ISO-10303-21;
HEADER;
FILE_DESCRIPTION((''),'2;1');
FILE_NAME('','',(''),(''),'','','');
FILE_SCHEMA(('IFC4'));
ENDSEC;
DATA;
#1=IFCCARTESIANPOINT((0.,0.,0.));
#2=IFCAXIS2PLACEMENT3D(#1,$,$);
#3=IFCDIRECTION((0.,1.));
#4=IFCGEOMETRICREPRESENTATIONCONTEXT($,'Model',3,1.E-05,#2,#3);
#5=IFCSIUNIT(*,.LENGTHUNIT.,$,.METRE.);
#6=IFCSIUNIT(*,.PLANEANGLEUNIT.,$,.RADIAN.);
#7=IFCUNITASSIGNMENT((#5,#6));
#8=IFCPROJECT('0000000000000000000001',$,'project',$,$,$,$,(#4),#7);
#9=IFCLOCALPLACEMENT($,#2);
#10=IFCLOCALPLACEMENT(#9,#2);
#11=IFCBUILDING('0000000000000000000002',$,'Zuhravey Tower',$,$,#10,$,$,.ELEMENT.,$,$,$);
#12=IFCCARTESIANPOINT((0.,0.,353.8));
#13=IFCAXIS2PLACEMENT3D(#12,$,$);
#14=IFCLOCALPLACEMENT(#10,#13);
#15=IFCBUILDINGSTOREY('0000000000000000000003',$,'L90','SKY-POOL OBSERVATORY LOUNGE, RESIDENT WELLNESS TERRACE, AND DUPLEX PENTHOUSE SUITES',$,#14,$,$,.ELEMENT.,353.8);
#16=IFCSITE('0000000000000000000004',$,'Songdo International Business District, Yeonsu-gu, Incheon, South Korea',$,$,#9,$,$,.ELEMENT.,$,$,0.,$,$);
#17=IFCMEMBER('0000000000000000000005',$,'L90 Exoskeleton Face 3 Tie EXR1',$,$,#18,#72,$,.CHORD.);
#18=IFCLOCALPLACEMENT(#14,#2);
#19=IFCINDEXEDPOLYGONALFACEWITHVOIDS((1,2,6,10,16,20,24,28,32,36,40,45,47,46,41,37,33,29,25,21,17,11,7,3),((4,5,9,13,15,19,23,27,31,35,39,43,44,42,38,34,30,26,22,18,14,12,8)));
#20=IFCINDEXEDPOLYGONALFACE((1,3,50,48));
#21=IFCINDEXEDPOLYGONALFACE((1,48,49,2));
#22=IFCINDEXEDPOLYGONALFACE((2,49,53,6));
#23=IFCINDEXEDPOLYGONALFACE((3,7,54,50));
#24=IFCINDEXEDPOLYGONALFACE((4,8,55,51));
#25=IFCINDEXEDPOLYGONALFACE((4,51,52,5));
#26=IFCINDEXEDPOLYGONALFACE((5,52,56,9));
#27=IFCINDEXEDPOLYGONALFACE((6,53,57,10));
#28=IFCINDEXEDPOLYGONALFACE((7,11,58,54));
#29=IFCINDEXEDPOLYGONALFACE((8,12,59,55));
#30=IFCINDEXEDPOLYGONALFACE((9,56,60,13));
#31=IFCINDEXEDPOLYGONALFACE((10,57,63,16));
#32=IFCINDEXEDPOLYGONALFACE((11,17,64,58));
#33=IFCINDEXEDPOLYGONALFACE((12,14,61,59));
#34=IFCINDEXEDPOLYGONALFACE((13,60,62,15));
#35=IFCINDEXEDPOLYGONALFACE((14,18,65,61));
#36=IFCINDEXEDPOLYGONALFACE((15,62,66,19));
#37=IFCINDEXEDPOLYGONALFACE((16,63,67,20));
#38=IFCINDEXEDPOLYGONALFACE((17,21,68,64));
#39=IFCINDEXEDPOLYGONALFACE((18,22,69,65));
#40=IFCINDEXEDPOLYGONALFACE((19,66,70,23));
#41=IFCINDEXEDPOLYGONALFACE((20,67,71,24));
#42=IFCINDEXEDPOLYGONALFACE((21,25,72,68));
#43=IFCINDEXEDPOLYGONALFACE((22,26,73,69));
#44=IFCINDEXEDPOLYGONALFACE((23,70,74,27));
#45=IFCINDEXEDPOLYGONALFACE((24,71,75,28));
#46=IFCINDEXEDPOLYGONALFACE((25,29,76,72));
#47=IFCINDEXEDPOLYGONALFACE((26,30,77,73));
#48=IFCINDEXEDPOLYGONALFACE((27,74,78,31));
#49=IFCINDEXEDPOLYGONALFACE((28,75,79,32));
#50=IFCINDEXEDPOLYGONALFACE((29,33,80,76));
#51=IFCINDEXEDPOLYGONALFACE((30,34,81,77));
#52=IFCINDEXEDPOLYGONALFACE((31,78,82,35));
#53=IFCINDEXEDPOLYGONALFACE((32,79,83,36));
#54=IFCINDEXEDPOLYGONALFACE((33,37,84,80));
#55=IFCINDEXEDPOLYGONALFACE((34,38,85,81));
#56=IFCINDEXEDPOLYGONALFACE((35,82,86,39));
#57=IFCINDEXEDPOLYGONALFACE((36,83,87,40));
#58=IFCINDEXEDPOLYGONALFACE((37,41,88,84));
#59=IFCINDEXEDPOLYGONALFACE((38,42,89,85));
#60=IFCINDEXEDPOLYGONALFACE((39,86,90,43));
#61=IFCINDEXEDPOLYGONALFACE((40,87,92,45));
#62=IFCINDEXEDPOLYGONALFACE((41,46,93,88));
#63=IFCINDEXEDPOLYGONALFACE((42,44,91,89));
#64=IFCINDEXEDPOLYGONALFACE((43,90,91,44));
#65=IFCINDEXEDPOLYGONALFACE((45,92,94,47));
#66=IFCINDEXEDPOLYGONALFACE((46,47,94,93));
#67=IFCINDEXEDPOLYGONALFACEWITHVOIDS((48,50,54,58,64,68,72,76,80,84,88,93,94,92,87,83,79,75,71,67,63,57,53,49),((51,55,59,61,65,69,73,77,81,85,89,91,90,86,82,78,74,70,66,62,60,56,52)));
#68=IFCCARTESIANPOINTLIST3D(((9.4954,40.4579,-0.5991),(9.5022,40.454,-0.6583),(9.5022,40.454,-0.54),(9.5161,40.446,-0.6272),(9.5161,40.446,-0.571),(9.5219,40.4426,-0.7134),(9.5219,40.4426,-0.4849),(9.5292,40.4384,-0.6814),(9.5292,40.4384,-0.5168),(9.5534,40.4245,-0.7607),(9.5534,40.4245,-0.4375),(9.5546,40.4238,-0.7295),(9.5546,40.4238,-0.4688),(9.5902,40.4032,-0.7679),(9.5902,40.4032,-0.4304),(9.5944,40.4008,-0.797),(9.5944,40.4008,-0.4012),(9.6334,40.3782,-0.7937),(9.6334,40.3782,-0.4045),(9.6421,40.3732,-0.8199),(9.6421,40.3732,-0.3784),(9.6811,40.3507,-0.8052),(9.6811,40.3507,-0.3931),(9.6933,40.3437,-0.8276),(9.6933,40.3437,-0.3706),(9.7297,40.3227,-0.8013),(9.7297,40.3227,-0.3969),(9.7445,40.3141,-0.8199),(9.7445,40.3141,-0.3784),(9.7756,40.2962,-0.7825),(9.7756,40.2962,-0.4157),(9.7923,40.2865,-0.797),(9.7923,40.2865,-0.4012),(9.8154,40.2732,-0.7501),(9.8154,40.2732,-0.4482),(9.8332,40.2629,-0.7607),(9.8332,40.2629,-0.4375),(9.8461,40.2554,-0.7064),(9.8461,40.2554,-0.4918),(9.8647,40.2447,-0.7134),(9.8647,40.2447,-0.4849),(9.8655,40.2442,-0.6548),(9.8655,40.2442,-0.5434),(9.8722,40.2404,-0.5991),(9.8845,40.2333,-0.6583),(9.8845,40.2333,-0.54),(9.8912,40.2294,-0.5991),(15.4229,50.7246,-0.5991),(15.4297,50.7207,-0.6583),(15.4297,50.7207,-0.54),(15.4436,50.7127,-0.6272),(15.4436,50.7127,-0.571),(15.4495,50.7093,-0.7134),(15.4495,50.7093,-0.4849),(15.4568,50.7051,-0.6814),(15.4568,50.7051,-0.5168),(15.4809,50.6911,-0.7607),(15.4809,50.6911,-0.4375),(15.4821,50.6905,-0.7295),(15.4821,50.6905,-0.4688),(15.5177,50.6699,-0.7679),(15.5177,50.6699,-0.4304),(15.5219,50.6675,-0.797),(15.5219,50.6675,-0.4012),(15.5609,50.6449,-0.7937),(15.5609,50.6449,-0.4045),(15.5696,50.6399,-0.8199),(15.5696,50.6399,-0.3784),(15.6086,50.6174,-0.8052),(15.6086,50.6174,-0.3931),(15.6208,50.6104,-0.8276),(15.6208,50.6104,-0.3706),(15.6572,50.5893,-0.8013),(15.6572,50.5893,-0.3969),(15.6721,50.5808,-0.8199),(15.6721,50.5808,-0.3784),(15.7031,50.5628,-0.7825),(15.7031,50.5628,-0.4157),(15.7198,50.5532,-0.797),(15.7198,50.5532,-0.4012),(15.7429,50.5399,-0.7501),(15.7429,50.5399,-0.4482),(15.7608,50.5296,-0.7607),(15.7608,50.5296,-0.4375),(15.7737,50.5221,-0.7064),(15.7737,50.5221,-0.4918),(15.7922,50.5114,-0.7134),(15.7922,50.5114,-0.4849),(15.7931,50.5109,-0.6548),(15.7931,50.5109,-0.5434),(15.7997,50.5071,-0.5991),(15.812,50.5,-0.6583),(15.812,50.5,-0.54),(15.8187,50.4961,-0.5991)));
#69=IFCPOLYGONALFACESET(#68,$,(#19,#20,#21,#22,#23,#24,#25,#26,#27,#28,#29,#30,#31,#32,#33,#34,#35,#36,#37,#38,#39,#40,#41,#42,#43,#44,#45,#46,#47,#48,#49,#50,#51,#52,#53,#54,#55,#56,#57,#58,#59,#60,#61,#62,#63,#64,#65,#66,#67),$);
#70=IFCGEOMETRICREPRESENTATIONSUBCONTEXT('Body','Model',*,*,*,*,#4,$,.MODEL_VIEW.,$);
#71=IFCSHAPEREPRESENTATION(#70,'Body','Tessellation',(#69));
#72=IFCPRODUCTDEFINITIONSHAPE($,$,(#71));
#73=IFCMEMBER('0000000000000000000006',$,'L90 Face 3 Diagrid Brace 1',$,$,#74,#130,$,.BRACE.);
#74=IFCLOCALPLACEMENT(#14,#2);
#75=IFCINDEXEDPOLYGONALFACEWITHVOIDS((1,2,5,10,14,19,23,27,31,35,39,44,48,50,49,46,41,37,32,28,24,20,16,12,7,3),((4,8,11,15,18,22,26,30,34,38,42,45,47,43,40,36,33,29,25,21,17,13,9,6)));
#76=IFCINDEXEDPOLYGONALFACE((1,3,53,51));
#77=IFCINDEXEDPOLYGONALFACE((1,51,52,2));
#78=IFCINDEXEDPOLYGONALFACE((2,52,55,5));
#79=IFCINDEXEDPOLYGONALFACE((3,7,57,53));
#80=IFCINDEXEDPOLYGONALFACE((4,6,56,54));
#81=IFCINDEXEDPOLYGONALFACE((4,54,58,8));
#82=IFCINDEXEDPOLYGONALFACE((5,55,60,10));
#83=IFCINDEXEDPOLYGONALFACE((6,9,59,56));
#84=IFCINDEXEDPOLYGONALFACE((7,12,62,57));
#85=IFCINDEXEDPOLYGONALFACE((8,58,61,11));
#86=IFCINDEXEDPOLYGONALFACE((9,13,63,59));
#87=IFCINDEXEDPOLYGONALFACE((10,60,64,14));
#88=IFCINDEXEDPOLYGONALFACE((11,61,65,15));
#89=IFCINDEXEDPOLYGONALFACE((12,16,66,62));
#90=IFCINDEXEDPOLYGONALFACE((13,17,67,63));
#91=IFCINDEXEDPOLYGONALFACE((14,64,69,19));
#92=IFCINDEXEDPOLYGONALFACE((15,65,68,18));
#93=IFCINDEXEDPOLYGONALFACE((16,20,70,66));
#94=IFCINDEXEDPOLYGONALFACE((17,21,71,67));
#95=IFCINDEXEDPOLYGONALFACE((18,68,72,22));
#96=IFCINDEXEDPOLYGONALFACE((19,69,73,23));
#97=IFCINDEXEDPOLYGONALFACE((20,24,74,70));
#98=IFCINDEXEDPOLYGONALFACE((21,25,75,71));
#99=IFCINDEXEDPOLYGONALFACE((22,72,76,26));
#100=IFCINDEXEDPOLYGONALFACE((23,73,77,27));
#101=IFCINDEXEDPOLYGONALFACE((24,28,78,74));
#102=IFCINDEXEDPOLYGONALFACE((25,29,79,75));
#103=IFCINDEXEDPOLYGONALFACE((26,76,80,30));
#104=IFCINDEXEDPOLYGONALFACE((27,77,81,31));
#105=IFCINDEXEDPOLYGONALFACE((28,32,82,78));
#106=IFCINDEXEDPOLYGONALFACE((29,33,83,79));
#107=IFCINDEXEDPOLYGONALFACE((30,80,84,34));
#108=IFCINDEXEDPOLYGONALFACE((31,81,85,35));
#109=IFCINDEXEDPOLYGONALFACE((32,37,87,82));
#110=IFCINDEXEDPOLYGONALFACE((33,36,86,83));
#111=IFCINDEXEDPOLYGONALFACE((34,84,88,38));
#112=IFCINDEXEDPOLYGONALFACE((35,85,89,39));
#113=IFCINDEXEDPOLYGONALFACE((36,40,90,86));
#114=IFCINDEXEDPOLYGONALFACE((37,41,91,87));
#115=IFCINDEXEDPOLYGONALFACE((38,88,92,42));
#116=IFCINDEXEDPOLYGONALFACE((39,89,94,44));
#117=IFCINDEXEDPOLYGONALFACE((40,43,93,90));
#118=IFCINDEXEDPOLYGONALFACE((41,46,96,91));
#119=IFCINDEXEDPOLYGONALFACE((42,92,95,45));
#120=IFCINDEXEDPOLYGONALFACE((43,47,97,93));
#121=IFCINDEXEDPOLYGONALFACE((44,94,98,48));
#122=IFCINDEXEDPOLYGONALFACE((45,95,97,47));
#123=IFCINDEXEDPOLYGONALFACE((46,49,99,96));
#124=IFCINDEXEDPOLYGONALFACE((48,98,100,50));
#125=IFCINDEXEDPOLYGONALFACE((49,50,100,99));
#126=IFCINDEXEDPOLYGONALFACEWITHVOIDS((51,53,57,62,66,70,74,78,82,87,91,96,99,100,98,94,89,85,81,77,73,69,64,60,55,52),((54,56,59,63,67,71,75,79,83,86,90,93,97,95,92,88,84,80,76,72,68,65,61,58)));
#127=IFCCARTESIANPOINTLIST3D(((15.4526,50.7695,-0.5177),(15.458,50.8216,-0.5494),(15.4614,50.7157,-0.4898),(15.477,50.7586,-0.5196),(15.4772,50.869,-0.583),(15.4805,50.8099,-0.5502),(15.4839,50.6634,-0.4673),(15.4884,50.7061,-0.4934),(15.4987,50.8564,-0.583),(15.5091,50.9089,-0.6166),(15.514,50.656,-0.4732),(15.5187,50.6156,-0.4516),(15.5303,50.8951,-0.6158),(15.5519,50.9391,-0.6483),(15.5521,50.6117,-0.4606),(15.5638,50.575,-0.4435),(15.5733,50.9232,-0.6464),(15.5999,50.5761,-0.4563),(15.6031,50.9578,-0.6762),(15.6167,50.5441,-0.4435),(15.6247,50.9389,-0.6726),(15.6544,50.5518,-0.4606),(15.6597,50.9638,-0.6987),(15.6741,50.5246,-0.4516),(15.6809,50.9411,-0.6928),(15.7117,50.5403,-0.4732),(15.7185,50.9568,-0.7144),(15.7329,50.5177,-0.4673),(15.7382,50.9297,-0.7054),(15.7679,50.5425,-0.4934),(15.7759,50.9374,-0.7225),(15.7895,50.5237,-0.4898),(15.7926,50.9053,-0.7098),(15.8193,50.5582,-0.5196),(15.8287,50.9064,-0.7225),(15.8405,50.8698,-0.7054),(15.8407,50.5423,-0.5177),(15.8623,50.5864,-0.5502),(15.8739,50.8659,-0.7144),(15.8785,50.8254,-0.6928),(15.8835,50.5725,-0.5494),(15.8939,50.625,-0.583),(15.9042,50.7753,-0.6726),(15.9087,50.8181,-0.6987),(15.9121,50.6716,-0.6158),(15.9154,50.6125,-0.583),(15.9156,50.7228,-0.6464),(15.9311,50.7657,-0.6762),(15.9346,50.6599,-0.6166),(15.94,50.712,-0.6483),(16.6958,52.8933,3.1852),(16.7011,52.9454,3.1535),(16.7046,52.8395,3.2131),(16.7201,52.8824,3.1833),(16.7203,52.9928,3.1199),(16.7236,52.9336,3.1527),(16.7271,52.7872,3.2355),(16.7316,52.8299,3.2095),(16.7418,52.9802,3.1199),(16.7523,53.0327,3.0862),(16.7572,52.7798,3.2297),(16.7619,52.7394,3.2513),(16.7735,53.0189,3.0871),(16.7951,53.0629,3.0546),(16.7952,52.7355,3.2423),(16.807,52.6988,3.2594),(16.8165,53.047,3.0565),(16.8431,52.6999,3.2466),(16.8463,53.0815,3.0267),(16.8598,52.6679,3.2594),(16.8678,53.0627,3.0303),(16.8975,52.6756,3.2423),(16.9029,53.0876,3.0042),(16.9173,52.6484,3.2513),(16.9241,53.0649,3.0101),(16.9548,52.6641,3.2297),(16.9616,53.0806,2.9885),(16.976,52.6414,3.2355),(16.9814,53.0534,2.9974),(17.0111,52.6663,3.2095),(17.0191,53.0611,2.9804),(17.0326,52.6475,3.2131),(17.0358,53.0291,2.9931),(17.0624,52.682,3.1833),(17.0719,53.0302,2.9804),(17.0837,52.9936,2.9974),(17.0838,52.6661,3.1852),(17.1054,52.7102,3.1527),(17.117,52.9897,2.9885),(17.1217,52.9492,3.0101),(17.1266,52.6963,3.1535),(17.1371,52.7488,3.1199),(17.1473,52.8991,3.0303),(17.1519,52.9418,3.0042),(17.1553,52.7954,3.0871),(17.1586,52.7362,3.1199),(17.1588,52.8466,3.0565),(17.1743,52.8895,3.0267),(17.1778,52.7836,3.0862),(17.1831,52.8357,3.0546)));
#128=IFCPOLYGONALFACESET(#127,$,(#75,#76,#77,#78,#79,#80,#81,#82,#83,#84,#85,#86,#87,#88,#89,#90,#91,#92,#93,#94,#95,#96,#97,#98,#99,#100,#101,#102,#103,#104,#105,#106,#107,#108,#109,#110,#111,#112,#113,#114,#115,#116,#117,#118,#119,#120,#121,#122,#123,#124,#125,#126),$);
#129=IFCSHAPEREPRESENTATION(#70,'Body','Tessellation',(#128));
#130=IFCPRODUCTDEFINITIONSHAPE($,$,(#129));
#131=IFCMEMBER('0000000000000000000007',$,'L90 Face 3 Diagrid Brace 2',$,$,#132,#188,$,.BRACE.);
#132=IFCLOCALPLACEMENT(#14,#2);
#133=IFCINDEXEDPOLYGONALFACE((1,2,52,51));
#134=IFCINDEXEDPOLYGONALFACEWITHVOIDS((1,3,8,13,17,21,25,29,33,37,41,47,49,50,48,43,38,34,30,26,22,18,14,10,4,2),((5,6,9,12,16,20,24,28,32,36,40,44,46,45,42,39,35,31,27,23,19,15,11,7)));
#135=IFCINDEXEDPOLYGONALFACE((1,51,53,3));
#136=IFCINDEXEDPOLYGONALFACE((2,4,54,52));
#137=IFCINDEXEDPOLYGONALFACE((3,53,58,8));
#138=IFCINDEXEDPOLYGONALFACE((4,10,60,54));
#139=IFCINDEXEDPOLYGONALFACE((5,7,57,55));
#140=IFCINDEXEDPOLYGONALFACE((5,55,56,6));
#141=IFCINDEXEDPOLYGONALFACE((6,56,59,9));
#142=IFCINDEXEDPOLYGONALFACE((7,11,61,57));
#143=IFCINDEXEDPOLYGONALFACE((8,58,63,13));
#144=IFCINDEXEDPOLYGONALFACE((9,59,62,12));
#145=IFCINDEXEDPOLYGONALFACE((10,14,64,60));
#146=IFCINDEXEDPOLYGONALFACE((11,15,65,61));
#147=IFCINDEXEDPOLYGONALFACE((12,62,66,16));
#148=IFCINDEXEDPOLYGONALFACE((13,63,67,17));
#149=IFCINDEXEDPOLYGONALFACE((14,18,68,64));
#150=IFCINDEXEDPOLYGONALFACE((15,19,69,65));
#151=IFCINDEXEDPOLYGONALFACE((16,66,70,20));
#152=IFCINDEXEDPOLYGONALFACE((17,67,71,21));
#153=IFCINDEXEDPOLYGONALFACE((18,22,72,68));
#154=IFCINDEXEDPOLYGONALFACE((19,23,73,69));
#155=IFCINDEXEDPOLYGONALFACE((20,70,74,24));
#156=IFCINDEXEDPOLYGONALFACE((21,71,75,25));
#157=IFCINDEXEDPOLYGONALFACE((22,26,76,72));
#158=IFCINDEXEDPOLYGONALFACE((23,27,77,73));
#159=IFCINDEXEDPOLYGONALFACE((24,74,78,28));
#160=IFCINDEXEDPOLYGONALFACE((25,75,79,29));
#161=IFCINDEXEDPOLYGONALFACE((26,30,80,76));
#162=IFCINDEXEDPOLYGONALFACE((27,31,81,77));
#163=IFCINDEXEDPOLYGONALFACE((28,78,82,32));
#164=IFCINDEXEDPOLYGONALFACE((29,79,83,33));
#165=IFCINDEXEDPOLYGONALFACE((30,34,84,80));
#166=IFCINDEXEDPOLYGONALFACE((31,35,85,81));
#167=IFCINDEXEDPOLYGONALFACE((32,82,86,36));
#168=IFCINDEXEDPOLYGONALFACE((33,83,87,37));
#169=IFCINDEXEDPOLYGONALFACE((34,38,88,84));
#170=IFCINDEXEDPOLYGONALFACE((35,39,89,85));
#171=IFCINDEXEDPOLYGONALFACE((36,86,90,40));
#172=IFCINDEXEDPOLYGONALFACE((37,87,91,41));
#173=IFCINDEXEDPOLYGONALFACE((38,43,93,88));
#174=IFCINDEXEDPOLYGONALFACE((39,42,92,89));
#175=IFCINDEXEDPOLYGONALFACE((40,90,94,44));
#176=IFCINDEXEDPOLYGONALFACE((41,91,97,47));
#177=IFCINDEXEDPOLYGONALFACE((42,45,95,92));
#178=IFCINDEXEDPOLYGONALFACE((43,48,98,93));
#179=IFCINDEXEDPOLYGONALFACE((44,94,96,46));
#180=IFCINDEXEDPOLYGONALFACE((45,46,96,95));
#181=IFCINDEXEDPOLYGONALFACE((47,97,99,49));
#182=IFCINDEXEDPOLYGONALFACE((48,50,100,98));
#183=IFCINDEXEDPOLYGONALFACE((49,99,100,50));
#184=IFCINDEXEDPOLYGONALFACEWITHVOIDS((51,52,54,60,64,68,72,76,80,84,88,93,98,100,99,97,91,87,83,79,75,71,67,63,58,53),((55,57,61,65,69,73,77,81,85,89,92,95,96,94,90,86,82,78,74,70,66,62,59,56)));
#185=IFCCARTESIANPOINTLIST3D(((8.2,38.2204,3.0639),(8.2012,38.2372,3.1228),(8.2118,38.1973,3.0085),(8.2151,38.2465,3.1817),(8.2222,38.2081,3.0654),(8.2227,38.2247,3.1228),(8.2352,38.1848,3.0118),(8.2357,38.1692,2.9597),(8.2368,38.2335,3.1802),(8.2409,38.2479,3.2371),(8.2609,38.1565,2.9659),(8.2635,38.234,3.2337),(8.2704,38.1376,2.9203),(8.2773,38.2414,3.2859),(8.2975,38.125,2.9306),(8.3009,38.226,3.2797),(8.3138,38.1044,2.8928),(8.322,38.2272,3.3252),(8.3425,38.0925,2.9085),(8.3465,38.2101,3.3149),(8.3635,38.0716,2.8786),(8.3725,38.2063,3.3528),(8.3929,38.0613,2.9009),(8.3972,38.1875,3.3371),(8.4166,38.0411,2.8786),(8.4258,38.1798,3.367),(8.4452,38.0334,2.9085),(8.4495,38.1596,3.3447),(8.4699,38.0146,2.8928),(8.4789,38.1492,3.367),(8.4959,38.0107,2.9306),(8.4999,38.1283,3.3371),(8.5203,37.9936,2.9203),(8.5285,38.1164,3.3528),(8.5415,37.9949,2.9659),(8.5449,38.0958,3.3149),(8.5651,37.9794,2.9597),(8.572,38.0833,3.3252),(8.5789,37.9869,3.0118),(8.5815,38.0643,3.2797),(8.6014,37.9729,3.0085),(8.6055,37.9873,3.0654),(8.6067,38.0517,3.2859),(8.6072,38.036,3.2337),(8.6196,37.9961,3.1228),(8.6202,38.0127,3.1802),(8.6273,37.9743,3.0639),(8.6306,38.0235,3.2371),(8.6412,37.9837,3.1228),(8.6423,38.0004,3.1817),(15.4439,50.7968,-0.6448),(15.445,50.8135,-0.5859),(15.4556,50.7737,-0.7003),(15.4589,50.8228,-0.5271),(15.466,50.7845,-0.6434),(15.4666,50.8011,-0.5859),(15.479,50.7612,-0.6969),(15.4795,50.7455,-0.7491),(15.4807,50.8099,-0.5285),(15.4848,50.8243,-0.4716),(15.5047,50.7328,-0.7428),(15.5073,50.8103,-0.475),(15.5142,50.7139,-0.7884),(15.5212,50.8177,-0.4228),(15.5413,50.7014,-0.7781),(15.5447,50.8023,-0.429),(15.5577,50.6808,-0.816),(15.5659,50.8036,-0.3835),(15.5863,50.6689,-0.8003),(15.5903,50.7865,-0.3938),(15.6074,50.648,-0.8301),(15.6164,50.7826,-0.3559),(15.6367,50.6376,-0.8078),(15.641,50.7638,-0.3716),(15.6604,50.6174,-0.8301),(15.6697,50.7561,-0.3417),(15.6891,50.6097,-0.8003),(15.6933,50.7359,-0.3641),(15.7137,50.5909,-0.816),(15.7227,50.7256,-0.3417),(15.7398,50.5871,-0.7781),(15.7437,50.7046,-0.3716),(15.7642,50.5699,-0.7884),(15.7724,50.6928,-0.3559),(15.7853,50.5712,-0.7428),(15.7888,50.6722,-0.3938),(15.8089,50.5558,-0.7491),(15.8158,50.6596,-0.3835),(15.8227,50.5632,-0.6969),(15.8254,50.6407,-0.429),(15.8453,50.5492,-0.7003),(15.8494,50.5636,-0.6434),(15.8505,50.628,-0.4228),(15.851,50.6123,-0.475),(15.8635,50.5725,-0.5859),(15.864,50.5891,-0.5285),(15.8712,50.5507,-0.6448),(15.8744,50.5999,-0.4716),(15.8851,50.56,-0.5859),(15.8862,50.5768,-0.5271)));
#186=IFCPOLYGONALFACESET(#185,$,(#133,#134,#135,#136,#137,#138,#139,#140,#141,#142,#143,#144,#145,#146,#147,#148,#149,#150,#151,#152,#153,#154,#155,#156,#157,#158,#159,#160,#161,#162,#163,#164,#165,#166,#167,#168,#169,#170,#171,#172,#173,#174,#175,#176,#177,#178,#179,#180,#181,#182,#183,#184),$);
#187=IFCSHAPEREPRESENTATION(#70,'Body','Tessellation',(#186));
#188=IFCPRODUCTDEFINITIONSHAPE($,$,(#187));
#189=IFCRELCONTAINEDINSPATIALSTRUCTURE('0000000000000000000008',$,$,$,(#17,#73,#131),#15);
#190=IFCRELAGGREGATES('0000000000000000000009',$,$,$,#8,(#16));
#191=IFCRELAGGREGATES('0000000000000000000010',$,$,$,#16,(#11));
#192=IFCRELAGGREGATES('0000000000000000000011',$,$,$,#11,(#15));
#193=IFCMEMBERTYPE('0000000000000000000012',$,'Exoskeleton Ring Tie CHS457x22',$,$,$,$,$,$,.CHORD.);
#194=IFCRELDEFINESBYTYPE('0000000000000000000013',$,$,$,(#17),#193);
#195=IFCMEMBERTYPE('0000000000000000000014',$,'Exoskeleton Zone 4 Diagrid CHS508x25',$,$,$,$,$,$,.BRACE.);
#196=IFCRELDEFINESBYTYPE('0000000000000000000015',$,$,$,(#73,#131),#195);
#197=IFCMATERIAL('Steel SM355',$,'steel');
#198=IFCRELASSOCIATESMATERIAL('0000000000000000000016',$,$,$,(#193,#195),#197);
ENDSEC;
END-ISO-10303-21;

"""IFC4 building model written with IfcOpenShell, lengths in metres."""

from ifc_helpers import new_model, si_unit, direction, frame, origin, origin_2d, place, context, subcontext, project, spatial, hollow_circle, extrude, material, material_profile, profile_set, type_object, element, save


model = new_model("IFC4")

# Units and contexts
model_context = context("Model", 3, precision=1e-05, world=origin(), true_north=direction((0.0, 1.0)))
body_context = subcontext(model_context, "Body", "Model", "MODEL_VIEW")
ifc_project = project(units=[si_unit("LENGTHUNIT", "METRE"), si_unit("PLANEANGLEUNIT", "RADIAN")], contexts=[model_context])

# Site, building, storey
site_placement = place(None, origin())
site = spatial("IfcSite", under=ifc_project, at=site_placement, Name="Songdo International Business District, Yeonsu-gu, Incheon, South Korea", CompositionType="ELEMENT", RefElevation=0.0)
building_placement = place(site_placement, origin())
building = spatial("IfcBuilding", under=site, at=building_placement, Name="Zuhravey Tower", CompositionType="ELEMENT")
storey_placement = place(building_placement, frame((0.0, 0.0, 353.8)))
storey = spatial("IfcBuildingStorey", under=building, at=storey_placement, Name="L90", Description="SKY-POOL OBSERVATORY LOUNGE, RESIDENT WELLNESS TERRACE, AND DUPLEX PENTHOUSE SUITES", CompositionType="ELEMENT", Elevation=353.8)

# Members
ifc_material_1 = material(Name="Steel SM355", Category="steel")
ifc_material_profile_1 = material_profile(ifc_material_1, hollow_circle(Radius=0.2285, WallThickness=0.022, at=origin_2d()), Name="CHS-457.2x22")
ifc_profile_set_1 = profile_set([ifc_material_profile_1], Name="Steel SM355")
member_type_1 = type_object("IfcMemberType", Name="Exoskeleton Ring Tie CHS457x22", PredefinedType="CHORD", material=ifc_profile_set_1)
member_1_placement = place(storey_placement, frame((15.6208, 50.6104, -0.5991), z_axis=(-0.500004, -0.866023, 0.0), x_axis=(0.866023, -0.500004, 0.0)))
element("IfcMember", 1, at=member_1_placement, inside=storey, type_object=member_type_1, Name="L90 Exoskeleton Face 3 Tie EXR1", PredefinedType="CHORD", context=body_context, shape_type="SweptSolid", body=[
    extrude(hollow_circle(Radius=0.2285, WallThickness=0.022, at=origin_2d()), origin(), (0.0, 0.0, 1.0), 11.855),
])
ifc_material_profile_2 = material_profile(ifc_material_1, hollow_circle(Radius=0.2539, WallThickness=0.0249, at=origin_2d()), Name="CHS-508.0x25")
ifc_profile_set_2 = profile_set([ifc_material_profile_2], Name="Steel SM355")
member_type_2 = type_object("IfcMemberType", Name="Exoskeleton Zone 4 Diagrid CHS508x25", PredefinedType="BRACE", material=ifc_profile_set_2)
member_2_placement = place(storey_placement, frame((15.6963, 50.7407, -0.583), z_axis=(0.279612, 0.477679, 0.83285), x_axis=(-0.863019, 0.505172, 0.0)))
element("IfcMember", 2, at=member_2_placement, inside=storey, type_object=member_type_2, Name="L90 Face 3 Diagrid Brace 1", PredefinedType="BRACE", context=body_context, shape_type="SweptSolid", body=[
    extrude(hollow_circle(Radius=0.2539, WallThickness=0.0249, at=origin_2d()), origin(), (0.0, 0.0, 1.0), 4.446),
])
member_3_placement = place(storey_placement, frame((15.665, 50.6868, -0.5859), z_axis=(-0.483577, -0.839557, 0.247582), x_axis=(0.866535, -0.499116, 0.0)))
element("IfcMember", 3, at=member_3_placement, inside=storey, type_object=member_type_2, Name="L90 Face 3 Diagrid Brace 2", PredefinedType="BRACE", context=body_context, shape_type="SweptSolid", body=[
    extrude(hollow_circle(Radius=0.2539, WallThickness=0.0249, at=origin_2d()), origin(), (0.0, 0.0, 1.0), 14.9797),
])

save(model, "model.ifc")
